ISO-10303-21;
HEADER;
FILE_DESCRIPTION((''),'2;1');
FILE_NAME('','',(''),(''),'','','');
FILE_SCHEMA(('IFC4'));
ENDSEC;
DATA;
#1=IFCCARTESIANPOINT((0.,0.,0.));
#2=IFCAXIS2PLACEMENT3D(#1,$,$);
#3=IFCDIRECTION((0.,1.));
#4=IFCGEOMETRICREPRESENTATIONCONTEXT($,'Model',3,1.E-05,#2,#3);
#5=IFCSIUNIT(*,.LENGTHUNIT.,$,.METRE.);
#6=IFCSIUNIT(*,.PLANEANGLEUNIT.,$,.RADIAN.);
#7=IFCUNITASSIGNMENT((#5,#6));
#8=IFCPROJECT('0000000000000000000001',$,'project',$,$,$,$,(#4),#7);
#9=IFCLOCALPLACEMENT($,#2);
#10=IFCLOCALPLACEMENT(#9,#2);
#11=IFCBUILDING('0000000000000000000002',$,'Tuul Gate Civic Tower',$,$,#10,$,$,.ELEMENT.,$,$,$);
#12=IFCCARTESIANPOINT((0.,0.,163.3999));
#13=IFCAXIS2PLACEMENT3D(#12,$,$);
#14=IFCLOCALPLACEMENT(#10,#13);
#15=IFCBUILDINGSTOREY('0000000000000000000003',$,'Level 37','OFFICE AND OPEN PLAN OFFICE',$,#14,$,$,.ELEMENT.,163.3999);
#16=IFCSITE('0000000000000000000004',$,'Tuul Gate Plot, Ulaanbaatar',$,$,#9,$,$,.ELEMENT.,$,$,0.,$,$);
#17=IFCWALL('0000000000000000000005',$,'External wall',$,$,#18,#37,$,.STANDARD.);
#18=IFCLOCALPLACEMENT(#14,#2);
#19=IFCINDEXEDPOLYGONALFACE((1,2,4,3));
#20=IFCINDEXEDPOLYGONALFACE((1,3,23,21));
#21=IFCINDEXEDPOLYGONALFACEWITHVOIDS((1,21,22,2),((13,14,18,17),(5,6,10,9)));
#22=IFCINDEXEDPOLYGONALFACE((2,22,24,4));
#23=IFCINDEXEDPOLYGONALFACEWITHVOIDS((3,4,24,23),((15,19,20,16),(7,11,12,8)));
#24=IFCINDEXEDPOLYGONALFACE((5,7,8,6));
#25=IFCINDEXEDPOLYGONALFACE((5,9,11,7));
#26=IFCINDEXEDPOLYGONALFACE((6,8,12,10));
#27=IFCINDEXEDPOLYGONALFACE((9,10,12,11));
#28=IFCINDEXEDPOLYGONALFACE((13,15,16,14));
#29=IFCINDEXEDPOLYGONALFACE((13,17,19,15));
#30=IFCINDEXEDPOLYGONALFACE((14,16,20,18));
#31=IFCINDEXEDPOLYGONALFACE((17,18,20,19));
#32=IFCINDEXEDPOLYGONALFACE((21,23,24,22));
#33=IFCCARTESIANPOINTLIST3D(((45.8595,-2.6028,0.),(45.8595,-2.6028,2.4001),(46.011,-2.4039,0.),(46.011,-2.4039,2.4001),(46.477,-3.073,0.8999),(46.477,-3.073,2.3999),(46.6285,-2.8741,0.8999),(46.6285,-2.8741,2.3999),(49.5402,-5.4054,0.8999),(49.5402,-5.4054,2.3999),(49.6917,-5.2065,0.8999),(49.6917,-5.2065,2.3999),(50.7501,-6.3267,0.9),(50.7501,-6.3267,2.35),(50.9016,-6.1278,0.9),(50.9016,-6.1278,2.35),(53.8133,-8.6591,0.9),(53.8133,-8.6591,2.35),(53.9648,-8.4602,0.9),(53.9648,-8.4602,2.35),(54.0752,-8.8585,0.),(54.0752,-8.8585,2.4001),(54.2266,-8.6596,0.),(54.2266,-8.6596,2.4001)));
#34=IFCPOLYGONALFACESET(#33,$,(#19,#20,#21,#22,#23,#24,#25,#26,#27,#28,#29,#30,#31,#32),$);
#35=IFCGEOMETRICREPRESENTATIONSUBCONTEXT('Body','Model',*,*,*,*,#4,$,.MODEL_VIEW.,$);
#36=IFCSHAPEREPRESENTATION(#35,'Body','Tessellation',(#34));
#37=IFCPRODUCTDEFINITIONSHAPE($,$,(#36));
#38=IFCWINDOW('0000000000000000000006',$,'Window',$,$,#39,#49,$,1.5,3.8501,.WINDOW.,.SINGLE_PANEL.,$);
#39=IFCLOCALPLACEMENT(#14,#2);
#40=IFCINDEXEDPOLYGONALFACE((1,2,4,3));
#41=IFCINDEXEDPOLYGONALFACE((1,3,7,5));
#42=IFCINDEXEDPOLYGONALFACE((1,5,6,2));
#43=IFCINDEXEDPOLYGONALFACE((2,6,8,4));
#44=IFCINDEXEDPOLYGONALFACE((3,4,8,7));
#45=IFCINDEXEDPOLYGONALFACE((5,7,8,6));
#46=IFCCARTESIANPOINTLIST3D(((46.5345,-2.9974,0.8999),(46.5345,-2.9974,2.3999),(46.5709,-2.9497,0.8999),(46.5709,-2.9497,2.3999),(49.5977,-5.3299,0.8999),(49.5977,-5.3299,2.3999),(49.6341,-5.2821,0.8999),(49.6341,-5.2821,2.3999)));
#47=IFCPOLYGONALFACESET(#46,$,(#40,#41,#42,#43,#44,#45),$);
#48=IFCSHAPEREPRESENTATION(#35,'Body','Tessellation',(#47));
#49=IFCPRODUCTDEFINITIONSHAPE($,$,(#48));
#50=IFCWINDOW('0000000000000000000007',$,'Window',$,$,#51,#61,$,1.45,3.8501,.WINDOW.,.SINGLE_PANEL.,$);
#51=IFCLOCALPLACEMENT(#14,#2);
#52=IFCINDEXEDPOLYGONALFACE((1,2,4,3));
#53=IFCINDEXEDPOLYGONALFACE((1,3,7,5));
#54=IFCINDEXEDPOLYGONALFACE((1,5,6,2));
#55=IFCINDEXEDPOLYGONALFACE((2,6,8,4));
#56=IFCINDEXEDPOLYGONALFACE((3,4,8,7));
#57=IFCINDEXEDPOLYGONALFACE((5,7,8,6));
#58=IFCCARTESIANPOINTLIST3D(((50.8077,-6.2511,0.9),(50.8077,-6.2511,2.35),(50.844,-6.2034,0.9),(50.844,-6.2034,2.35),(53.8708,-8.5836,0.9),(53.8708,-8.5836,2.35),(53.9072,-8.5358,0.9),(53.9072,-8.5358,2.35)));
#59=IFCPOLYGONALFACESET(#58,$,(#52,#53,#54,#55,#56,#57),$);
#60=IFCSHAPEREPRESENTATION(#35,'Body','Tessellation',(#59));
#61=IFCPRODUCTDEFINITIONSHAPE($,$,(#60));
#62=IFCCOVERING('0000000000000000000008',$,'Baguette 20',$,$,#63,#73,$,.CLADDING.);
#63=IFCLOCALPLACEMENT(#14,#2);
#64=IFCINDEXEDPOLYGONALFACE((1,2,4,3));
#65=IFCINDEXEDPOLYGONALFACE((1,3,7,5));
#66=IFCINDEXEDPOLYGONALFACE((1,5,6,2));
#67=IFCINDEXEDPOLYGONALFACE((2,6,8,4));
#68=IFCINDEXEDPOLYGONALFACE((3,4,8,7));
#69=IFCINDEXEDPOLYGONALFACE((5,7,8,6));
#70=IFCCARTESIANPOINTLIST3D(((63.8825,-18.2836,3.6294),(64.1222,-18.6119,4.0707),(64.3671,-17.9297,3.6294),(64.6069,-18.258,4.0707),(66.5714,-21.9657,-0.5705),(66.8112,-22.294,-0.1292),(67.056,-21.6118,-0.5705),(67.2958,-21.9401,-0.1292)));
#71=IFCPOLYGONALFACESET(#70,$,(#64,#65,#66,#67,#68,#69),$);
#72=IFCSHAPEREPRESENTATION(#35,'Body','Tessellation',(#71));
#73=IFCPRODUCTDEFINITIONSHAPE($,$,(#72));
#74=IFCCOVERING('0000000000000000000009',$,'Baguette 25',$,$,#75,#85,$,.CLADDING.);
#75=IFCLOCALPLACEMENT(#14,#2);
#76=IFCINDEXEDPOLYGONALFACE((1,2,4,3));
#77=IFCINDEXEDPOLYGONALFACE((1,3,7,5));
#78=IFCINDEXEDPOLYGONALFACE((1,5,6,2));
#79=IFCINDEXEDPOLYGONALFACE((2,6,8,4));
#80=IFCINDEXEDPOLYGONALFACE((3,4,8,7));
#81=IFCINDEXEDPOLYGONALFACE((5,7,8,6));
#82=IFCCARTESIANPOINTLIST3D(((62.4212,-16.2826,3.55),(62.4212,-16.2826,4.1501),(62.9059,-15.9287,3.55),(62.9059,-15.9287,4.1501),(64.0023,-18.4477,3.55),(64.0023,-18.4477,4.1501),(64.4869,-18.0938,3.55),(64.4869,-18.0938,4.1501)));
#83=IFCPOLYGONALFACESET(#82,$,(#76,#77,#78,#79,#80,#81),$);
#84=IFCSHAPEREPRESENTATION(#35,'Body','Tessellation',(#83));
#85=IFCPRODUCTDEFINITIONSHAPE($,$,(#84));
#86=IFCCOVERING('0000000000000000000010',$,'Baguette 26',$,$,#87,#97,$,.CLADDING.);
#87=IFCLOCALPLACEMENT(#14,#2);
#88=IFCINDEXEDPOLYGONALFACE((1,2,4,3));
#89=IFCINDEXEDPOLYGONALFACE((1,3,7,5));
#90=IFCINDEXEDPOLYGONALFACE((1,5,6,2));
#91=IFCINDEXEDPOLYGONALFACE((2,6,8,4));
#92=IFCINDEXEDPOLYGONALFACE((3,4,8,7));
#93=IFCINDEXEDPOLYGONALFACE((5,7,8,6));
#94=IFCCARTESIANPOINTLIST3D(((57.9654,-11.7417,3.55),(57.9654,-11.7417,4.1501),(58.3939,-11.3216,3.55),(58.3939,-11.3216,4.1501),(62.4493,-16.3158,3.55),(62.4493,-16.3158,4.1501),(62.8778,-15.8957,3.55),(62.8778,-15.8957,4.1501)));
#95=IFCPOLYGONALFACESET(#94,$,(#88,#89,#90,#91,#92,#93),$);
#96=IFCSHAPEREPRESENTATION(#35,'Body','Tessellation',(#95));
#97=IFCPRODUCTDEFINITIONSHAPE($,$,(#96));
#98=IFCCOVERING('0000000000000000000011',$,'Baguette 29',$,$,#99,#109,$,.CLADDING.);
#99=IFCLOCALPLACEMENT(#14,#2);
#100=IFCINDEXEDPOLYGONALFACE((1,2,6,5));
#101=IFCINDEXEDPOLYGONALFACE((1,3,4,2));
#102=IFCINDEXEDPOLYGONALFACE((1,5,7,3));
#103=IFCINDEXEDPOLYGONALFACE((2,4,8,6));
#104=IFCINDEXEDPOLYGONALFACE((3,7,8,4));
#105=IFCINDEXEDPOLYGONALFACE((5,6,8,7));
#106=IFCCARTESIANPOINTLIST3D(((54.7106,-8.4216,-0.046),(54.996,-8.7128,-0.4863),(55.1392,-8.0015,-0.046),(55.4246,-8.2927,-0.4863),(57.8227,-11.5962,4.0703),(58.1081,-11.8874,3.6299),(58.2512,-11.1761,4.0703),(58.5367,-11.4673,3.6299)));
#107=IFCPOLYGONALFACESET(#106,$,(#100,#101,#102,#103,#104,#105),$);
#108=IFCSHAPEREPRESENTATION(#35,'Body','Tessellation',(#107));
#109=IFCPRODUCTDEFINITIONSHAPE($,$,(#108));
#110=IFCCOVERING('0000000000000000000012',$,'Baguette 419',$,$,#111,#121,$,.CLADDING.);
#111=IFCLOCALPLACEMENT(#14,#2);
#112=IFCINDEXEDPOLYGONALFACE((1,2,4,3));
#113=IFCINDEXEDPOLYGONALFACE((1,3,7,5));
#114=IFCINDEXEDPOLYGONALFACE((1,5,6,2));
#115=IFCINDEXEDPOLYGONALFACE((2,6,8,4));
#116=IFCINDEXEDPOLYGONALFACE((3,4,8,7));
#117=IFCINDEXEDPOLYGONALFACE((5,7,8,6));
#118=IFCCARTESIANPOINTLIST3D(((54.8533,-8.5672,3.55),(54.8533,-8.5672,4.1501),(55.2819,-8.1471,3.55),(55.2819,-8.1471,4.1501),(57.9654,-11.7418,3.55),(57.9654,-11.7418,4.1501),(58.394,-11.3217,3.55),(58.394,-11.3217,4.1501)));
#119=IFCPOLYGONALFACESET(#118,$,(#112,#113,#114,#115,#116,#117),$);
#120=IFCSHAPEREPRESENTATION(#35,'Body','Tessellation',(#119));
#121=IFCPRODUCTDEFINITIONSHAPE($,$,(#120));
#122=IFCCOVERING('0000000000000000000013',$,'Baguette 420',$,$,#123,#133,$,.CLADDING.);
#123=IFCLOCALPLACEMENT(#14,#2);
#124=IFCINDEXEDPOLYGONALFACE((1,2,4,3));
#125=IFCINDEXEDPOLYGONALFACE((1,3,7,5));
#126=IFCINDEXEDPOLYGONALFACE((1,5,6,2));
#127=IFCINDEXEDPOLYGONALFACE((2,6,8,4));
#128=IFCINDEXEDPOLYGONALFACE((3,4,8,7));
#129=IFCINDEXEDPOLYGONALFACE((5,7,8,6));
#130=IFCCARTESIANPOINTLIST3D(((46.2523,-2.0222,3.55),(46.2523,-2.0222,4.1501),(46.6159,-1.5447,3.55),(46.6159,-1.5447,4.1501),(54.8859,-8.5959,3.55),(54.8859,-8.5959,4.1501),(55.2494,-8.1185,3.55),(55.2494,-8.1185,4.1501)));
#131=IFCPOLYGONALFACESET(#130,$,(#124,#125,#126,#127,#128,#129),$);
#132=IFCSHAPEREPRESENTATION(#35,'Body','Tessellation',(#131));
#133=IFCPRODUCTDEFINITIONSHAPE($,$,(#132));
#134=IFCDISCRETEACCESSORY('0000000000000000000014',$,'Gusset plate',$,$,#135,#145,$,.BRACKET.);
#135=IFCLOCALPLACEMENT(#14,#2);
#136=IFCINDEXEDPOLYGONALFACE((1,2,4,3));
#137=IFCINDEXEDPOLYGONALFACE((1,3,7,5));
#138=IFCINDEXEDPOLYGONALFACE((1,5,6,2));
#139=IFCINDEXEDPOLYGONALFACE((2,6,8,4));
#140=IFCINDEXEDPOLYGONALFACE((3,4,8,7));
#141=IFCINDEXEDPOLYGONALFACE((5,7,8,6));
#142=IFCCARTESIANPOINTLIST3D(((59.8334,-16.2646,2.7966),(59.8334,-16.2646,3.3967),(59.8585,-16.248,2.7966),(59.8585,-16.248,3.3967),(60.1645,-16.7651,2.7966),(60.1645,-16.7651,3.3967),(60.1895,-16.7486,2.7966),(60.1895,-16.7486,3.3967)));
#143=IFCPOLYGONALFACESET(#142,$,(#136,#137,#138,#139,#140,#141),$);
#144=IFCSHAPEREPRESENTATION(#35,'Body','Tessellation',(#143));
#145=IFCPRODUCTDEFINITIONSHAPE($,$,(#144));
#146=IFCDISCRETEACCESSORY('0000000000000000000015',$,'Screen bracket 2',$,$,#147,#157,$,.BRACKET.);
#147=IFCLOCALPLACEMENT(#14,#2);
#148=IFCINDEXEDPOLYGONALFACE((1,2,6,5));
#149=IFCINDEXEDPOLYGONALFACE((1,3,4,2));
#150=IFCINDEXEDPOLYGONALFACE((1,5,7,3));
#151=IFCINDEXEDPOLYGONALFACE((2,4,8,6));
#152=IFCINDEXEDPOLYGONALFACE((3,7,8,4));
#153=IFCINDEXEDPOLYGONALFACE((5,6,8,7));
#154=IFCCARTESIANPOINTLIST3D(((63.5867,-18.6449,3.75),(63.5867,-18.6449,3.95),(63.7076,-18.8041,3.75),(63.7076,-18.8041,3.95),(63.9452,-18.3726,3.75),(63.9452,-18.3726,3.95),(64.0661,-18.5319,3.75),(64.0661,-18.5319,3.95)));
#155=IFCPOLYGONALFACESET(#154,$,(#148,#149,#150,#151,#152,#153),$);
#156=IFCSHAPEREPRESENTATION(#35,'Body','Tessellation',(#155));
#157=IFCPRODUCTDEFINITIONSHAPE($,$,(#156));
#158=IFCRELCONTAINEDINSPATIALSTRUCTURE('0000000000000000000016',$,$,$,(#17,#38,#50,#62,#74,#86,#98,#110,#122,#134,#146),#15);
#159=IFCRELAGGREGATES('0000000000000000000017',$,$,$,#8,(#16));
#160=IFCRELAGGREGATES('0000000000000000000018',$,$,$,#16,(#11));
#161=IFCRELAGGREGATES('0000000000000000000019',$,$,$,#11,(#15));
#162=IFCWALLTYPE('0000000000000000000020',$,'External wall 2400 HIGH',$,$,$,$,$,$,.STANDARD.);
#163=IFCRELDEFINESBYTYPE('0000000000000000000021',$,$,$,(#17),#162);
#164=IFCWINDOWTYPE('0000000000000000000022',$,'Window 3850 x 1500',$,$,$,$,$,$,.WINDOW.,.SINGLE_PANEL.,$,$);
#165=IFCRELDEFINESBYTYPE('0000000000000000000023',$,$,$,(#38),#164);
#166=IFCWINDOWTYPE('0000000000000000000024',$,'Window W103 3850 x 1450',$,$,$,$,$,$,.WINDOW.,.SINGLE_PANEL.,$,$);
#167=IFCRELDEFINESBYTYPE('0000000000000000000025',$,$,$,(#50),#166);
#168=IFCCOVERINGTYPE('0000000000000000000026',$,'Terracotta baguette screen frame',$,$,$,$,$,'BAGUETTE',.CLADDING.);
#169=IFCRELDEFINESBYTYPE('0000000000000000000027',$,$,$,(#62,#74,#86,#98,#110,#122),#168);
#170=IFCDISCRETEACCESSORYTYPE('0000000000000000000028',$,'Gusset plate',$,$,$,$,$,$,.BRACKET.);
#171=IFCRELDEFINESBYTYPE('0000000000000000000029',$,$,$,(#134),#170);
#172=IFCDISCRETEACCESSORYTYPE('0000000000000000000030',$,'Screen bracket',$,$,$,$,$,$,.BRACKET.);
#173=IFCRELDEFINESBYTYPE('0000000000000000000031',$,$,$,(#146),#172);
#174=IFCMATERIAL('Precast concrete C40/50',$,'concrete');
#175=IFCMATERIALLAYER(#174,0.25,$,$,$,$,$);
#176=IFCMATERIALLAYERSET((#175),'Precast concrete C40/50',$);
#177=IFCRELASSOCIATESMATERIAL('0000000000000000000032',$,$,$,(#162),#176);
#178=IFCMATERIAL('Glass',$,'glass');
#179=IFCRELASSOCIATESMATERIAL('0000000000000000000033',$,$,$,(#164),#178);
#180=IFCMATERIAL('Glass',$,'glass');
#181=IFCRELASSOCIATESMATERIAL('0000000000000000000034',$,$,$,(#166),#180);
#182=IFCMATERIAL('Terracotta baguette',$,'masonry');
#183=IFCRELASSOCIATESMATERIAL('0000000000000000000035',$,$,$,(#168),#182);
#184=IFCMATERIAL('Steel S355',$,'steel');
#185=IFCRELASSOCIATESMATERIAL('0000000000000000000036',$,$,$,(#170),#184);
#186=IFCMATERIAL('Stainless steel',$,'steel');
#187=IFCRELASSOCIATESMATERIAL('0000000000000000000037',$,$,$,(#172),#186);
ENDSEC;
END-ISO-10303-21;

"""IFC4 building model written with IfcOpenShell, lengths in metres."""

from ifc_helpers import new_model, si_unit, direction, frame, frame_2d, origin, origin_2d, place, context, subcontext, project, spatial, rectangle, extrude, material, layer, layer_set, material_profile, profile_set, type_object, element, fill, save


model = new_model("IFC4")

# Units and contexts
model_context = context("Model", 3, precision=1e-05, world=origin(), true_north=direction((0.0, 1.0)))
body_context = subcontext(model_context, "Body", "Model", "MODEL_VIEW")
ifc_project = project(units=[si_unit("LENGTHUNIT", "METRE"), si_unit("PLANEANGLEUNIT", "RADIAN")], contexts=[model_context])

# Site, building, storey
site_placement = place(None, origin())
site = spatial("IfcSite", under=ifc_project, at=site_placement, Name="Tuul Gate Plot, Ulaanbaatar", CompositionType="ELEMENT", RefElevation=0.0)
building_placement = place(site_placement, origin())
building = spatial("IfcBuilding", under=site, at=building_placement, Name="Tuul Gate Civic Tower", CompositionType="ELEMENT")
storey_placement = place(building_placement, frame((0.0, 0.0, 163.3999)))
storey = spatial("IfcBuildingStorey", under=building, at=storey_placement, Name="Level 37", Description="OFFICE AND OPEN PLAN OFFICE", CompositionType="ELEMENT", Elevation=163.3999)

# Wall, openings, windows
ifc_material_1 = material(Name="Precast concrete C40/50", Category="concrete")
ifc_layer_1 = layer(ifc_material_1, 0.25)
ifc_layer_set_1 = layer_set([ifc_layer_1], Name="Precast concrete C40/50")
wall_type_1 = type_object("IfcWallType", Name="External wall 2400 HIGH", PredefinedType="STANDARD", material=ifc_layer_set_1)
wall_1_placement = place(storey_placement, frame((54.1509, -8.759, 0.0), z_axis=(0.0, 0.0, 1.0), x_axis=(-0.795612, 0.605806, 0.0)))
wall_1 = element("IfcWall", 1, at=wall_1_placement, inside=storey, type_object=wall_type_1, Name="External wall", PredefinedType="STANDARD", context=body_context, shape_type="SweptSolid", body=[
    extrude(rectangle(XDim=10.3262, YDim=0.25, at=frame_2d((5.1631, 0.0))), origin(), (0.0, 0.0, 1.0), 2.4001),
])
opening_1_placement = place(wall_1_placement, frame((0.3291, 0.0, 0.8999)))
opening_1 = element("IfcOpeningElement", 2, at=opening_1_placement, cuts=wall_1, PredefinedType="OPENING", context=body_context, shape_type="SweptSolid", body=[
    extrude(rectangle(XDim=3.8501, YDim=1.45, at=frame_2d((1.925, 0.7251))), frame((0.0, 0.135, 0.0), z_axis=(0.0, -1.0, 0.0), x_axis=(1.0, 0.0, 0.0)), (0.0, 0.0, 1.0), 0.27),
])
opening_2_placement = place(wall_1_placement, frame((5.7, 0.0, 0.8999)))
opening_2 = element("IfcOpeningElement", 3, at=opening_2_placement, cuts=wall_1, PredefinedType="OPENING", context=body_context, shape_type="SweptSolid", body=[
    extrude(rectangle(XDim=3.8501, YDim=1.5, at=frame_2d((1.925, 0.75))), frame((0.0, 0.135, 0.0), z_axis=(0.0, -1.0, 0.0), x_axis=(1.0, 0.0, 0.0)), (0.0, 0.0, 1.0), 0.27),
])
ifc_material_2 = material(Name="Glass", Category="glass")
window_type_1 = type_object("IfcWindowType", Name="Window 3850 x 1500", PartitioningType="SINGLE_PANEL", PredefinedType="WINDOW", material=ifc_material_2)
window_1_placement = place(opening_2_placement, origin())
window_1 = element("IfcWindow", 4, at=window_1_placement, inside=storey, type_object=window_type_1, Name="Window", OverallHeight=1.5, OverallWidth=3.8501, PartitioningType="SINGLE_PANEL", PredefinedType="WINDOW", context=body_context, shape_type="SweptSolid", body=[
    extrude(rectangle(XDim=3.8501, YDim=1.5, at=frame_2d((1.925, 0.75))), frame((0.0, 0.03, 0.0), z_axis=(0.0, -1.0, 0.0), x_axis=(1.0, 0.0, 0.0)), (0.0, 0.0, 1.0), 0.0601),
])
fill(opening_2, window_1)
ifc_material_3 = material(Name="Glass", Category="glass")
window_type_2 = type_object("IfcWindowType", Name="Window W103 3850 x 1450", PartitioningType="SINGLE_PANEL", PredefinedType="WINDOW", material=ifc_material_3)
window_2_placement = place(opening_1_placement, origin())
window_2 = element("IfcWindow", 5, at=window_2_placement, inside=storey, type_object=window_type_2, Name="Window", OverallHeight=1.45, OverallWidth=3.8501, PartitioningType="SINGLE_PANEL", PredefinedType="WINDOW", context=body_context, shape_type="SweptSolid", body=[
    extrude(rectangle(XDim=3.8501, YDim=1.45, at=frame_2d((1.925, 0.7251))), frame((0.0, 0.03, 0.0), z_axis=(0.0, -1.0, 0.0), x_axis=(1.0, 0.0, 0.0)), (0.0, 0.0, 1.0), 0.0601),
])
fill(opening_1, window_2)

# Coverings
ifc_material_4 = material(Name="Terracotta baguette", Category="masonry")
ifc_material_profile_1 = material_profile(ifc_material_4, rectangle(XDim=0.6001, YDim=0.6001, at=origin_2d()), Name="Terracotta baguette screen frame")
ifc_profile_set_1 = profile_set([ifc_material_profile_1], Name="Terracotta baguette")
covering_type = type_object("IfcCoveringType", Name="Terracotta baguette screen frame", ElementType="BAGUETTE", PredefinedType="CLADDING", material=ifc_profile_set_1)
covering_1_placement = place(storey_placement, frame((66.9336, -21.9529, -0.3499), z_axis=(-0.433771, 0.593983, 0.677516), x_axis=(-0.807581, -0.589756, 0.0)))
element("IfcCovering", 6, at=covering_1_placement, inside=storey, type_object=covering_type, Name="Baguette 20", PredefinedType="CLADDING", context=body_context, shape_type="SweptSolid", body=[
    extrude(rectangle(XDim=0.6001, YDim=0.6001, at=origin_2d()), origin(), (0.0, 0.0, 1.0), 6.199),
])
covering_2_placement = place(storey_placement, frame((64.2446, -18.2708, 3.8501), z_axis=(-0.589752, 0.807585, 0.0), x_axis=(-0.807585, -0.589752, 0.0)))
element("IfcCovering", 7, at=covering_2_placement, inside=storey, type_object=covering_type, Name="Baguette 25", PredefinedType="CLADDING", context=body_context, shape_type="SweptSolid", body=[
    extrude(rectangle(XDim=0.6001, YDim=0.6001, at=origin_2d()), origin(), (0.0, 0.0, 1.0), 2.6809),
])
covering_3_placement = place(storey_placement, frame((62.6636, -16.1057, 3.8501), z_axis=(-0.700039, 0.714104, 0.0), x_axis=(-0.714104, -0.700039, 0.0)))
element("IfcCovering", 8, at=covering_3_placement, inside=storey, type_object=covering_type, Name="Baguette 26", PredefinedType="CLADDING", context=body_context, shape_type="SweptSolid", body=[
    extrude(rectangle(XDim=0.6001, YDim=0.6001, at=origin_2d()), origin(), (0.0, 0.0, 1.0), 6.4053),
])
covering_4_placement = place(storey_placement, frame((58.1797, -11.5317, 3.8501), z_axis=(-0.513665, 0.523981, -0.679406), x_axis=(-0.714101, -0.700042, 0.0)))
element("IfcCovering", 9, at=covering_4_placement, inside=storey, type_object=covering_type, Name="Baguette 29", PredefinedType="CLADDING", context=body_context, shape_type="SweptSolid", body=[
    extrude(rectangle(XDim=0.6001, YDim=0.6001, at=origin_2d()), origin(), (0.0, 0.0, 1.0), 6.0586),
])
covering_5_placement = place(storey_placement, frame((58.1797, -11.5317, 3.8501), z_axis=(-0.700042, 0.714101, 0.0), x_axis=(-0.714101, -0.700042, 0.0)))
element("IfcCovering", 10, at=covering_5_placement, inside=storey, type_object=covering_type, Name="Baguette 419", PredefinedType="CLADDING", context=body_context, shape_type="SweptSolid", body=[
    extrude(rectangle(XDim=0.6001, YDim=0.6001, at=origin_2d()), origin(), (0.0, 0.0, 1.0), 4.4456),
])
covering_6_placement = place(storey_placement, frame((55.0676, -8.3572, 3.8501), z_axis=(-0.795619, 0.605798, 0.0), x_axis=(-0.605798, -0.795619, 0.0)))
element("IfcCovering", 11, at=covering_6_placement, inside=storey, type_object=covering_type, Name="Baguette 420", PredefinedType="CLADDING", context=body_context, shape_type="SweptSolid", body=[
    extrude(rectangle(XDim=0.6001, YDim=0.6001, at=origin_2d()), origin(), (0.0, 0.0, 1.0), 10.8513),
])

# Discrete accessories
ifc_material_5 = material(Name="Steel S355", Category="steel")
discrete_accessory_type_1 = type_object("IfcDiscreteAccessoryType", Name="Gusset plate", PredefinedType="BRACKET", material=ifc_material_5)
discrete_accessory_1_placement = place(storey_placement, frame((60.0115, -16.5066, 2.7966), z_axis=(0.0, 0.0, 1.0), x_axis=(0.551598, -0.83411, 0.0)))
element("IfcDiscreteAccessory", 12, at=discrete_accessory_1_placement, inside=storey, type_object=discrete_accessory_type_1, Name="Gusset plate", PredefinedType="BRACKET", context=body_context, shape_type="SweptSolid", body=[
    extrude(rectangle(XDim=0.6001, YDim=0.03, at=origin_2d()), origin(), (0.0, 0.0, 1.0), 0.6001),
])
ifc_material_6 = material(Name="Stainless steel", Category="steel")
discrete_accessory_type_2 = type_object("IfcDiscreteAccessoryType", Name="Screen bracket", PredefinedType="BRACKET", material=ifc_material_6)
discrete_accessory_2_placement = place(storey_placement, frame((63.8264, -18.5884, 3.75), z_axis=(0.0, 0.0, 1.0), x_axis=(0.796383, 0.604792, 0.0)))
element("IfcDiscreteAccessory", 13, at=discrete_accessory_2_placement, inside=storey, type_object=discrete_accessory_type_2, Name="Screen bracket 2", PredefinedType="BRACKET", context=body_context, shape_type="SweptSolid", body=[
    extrude(rectangle(XDim=0.4502, YDim=0.2, at=origin_2d()), origin(), (0.0, 0.0, 1.0), 0.2),
])

save(model, "model.ifc")
